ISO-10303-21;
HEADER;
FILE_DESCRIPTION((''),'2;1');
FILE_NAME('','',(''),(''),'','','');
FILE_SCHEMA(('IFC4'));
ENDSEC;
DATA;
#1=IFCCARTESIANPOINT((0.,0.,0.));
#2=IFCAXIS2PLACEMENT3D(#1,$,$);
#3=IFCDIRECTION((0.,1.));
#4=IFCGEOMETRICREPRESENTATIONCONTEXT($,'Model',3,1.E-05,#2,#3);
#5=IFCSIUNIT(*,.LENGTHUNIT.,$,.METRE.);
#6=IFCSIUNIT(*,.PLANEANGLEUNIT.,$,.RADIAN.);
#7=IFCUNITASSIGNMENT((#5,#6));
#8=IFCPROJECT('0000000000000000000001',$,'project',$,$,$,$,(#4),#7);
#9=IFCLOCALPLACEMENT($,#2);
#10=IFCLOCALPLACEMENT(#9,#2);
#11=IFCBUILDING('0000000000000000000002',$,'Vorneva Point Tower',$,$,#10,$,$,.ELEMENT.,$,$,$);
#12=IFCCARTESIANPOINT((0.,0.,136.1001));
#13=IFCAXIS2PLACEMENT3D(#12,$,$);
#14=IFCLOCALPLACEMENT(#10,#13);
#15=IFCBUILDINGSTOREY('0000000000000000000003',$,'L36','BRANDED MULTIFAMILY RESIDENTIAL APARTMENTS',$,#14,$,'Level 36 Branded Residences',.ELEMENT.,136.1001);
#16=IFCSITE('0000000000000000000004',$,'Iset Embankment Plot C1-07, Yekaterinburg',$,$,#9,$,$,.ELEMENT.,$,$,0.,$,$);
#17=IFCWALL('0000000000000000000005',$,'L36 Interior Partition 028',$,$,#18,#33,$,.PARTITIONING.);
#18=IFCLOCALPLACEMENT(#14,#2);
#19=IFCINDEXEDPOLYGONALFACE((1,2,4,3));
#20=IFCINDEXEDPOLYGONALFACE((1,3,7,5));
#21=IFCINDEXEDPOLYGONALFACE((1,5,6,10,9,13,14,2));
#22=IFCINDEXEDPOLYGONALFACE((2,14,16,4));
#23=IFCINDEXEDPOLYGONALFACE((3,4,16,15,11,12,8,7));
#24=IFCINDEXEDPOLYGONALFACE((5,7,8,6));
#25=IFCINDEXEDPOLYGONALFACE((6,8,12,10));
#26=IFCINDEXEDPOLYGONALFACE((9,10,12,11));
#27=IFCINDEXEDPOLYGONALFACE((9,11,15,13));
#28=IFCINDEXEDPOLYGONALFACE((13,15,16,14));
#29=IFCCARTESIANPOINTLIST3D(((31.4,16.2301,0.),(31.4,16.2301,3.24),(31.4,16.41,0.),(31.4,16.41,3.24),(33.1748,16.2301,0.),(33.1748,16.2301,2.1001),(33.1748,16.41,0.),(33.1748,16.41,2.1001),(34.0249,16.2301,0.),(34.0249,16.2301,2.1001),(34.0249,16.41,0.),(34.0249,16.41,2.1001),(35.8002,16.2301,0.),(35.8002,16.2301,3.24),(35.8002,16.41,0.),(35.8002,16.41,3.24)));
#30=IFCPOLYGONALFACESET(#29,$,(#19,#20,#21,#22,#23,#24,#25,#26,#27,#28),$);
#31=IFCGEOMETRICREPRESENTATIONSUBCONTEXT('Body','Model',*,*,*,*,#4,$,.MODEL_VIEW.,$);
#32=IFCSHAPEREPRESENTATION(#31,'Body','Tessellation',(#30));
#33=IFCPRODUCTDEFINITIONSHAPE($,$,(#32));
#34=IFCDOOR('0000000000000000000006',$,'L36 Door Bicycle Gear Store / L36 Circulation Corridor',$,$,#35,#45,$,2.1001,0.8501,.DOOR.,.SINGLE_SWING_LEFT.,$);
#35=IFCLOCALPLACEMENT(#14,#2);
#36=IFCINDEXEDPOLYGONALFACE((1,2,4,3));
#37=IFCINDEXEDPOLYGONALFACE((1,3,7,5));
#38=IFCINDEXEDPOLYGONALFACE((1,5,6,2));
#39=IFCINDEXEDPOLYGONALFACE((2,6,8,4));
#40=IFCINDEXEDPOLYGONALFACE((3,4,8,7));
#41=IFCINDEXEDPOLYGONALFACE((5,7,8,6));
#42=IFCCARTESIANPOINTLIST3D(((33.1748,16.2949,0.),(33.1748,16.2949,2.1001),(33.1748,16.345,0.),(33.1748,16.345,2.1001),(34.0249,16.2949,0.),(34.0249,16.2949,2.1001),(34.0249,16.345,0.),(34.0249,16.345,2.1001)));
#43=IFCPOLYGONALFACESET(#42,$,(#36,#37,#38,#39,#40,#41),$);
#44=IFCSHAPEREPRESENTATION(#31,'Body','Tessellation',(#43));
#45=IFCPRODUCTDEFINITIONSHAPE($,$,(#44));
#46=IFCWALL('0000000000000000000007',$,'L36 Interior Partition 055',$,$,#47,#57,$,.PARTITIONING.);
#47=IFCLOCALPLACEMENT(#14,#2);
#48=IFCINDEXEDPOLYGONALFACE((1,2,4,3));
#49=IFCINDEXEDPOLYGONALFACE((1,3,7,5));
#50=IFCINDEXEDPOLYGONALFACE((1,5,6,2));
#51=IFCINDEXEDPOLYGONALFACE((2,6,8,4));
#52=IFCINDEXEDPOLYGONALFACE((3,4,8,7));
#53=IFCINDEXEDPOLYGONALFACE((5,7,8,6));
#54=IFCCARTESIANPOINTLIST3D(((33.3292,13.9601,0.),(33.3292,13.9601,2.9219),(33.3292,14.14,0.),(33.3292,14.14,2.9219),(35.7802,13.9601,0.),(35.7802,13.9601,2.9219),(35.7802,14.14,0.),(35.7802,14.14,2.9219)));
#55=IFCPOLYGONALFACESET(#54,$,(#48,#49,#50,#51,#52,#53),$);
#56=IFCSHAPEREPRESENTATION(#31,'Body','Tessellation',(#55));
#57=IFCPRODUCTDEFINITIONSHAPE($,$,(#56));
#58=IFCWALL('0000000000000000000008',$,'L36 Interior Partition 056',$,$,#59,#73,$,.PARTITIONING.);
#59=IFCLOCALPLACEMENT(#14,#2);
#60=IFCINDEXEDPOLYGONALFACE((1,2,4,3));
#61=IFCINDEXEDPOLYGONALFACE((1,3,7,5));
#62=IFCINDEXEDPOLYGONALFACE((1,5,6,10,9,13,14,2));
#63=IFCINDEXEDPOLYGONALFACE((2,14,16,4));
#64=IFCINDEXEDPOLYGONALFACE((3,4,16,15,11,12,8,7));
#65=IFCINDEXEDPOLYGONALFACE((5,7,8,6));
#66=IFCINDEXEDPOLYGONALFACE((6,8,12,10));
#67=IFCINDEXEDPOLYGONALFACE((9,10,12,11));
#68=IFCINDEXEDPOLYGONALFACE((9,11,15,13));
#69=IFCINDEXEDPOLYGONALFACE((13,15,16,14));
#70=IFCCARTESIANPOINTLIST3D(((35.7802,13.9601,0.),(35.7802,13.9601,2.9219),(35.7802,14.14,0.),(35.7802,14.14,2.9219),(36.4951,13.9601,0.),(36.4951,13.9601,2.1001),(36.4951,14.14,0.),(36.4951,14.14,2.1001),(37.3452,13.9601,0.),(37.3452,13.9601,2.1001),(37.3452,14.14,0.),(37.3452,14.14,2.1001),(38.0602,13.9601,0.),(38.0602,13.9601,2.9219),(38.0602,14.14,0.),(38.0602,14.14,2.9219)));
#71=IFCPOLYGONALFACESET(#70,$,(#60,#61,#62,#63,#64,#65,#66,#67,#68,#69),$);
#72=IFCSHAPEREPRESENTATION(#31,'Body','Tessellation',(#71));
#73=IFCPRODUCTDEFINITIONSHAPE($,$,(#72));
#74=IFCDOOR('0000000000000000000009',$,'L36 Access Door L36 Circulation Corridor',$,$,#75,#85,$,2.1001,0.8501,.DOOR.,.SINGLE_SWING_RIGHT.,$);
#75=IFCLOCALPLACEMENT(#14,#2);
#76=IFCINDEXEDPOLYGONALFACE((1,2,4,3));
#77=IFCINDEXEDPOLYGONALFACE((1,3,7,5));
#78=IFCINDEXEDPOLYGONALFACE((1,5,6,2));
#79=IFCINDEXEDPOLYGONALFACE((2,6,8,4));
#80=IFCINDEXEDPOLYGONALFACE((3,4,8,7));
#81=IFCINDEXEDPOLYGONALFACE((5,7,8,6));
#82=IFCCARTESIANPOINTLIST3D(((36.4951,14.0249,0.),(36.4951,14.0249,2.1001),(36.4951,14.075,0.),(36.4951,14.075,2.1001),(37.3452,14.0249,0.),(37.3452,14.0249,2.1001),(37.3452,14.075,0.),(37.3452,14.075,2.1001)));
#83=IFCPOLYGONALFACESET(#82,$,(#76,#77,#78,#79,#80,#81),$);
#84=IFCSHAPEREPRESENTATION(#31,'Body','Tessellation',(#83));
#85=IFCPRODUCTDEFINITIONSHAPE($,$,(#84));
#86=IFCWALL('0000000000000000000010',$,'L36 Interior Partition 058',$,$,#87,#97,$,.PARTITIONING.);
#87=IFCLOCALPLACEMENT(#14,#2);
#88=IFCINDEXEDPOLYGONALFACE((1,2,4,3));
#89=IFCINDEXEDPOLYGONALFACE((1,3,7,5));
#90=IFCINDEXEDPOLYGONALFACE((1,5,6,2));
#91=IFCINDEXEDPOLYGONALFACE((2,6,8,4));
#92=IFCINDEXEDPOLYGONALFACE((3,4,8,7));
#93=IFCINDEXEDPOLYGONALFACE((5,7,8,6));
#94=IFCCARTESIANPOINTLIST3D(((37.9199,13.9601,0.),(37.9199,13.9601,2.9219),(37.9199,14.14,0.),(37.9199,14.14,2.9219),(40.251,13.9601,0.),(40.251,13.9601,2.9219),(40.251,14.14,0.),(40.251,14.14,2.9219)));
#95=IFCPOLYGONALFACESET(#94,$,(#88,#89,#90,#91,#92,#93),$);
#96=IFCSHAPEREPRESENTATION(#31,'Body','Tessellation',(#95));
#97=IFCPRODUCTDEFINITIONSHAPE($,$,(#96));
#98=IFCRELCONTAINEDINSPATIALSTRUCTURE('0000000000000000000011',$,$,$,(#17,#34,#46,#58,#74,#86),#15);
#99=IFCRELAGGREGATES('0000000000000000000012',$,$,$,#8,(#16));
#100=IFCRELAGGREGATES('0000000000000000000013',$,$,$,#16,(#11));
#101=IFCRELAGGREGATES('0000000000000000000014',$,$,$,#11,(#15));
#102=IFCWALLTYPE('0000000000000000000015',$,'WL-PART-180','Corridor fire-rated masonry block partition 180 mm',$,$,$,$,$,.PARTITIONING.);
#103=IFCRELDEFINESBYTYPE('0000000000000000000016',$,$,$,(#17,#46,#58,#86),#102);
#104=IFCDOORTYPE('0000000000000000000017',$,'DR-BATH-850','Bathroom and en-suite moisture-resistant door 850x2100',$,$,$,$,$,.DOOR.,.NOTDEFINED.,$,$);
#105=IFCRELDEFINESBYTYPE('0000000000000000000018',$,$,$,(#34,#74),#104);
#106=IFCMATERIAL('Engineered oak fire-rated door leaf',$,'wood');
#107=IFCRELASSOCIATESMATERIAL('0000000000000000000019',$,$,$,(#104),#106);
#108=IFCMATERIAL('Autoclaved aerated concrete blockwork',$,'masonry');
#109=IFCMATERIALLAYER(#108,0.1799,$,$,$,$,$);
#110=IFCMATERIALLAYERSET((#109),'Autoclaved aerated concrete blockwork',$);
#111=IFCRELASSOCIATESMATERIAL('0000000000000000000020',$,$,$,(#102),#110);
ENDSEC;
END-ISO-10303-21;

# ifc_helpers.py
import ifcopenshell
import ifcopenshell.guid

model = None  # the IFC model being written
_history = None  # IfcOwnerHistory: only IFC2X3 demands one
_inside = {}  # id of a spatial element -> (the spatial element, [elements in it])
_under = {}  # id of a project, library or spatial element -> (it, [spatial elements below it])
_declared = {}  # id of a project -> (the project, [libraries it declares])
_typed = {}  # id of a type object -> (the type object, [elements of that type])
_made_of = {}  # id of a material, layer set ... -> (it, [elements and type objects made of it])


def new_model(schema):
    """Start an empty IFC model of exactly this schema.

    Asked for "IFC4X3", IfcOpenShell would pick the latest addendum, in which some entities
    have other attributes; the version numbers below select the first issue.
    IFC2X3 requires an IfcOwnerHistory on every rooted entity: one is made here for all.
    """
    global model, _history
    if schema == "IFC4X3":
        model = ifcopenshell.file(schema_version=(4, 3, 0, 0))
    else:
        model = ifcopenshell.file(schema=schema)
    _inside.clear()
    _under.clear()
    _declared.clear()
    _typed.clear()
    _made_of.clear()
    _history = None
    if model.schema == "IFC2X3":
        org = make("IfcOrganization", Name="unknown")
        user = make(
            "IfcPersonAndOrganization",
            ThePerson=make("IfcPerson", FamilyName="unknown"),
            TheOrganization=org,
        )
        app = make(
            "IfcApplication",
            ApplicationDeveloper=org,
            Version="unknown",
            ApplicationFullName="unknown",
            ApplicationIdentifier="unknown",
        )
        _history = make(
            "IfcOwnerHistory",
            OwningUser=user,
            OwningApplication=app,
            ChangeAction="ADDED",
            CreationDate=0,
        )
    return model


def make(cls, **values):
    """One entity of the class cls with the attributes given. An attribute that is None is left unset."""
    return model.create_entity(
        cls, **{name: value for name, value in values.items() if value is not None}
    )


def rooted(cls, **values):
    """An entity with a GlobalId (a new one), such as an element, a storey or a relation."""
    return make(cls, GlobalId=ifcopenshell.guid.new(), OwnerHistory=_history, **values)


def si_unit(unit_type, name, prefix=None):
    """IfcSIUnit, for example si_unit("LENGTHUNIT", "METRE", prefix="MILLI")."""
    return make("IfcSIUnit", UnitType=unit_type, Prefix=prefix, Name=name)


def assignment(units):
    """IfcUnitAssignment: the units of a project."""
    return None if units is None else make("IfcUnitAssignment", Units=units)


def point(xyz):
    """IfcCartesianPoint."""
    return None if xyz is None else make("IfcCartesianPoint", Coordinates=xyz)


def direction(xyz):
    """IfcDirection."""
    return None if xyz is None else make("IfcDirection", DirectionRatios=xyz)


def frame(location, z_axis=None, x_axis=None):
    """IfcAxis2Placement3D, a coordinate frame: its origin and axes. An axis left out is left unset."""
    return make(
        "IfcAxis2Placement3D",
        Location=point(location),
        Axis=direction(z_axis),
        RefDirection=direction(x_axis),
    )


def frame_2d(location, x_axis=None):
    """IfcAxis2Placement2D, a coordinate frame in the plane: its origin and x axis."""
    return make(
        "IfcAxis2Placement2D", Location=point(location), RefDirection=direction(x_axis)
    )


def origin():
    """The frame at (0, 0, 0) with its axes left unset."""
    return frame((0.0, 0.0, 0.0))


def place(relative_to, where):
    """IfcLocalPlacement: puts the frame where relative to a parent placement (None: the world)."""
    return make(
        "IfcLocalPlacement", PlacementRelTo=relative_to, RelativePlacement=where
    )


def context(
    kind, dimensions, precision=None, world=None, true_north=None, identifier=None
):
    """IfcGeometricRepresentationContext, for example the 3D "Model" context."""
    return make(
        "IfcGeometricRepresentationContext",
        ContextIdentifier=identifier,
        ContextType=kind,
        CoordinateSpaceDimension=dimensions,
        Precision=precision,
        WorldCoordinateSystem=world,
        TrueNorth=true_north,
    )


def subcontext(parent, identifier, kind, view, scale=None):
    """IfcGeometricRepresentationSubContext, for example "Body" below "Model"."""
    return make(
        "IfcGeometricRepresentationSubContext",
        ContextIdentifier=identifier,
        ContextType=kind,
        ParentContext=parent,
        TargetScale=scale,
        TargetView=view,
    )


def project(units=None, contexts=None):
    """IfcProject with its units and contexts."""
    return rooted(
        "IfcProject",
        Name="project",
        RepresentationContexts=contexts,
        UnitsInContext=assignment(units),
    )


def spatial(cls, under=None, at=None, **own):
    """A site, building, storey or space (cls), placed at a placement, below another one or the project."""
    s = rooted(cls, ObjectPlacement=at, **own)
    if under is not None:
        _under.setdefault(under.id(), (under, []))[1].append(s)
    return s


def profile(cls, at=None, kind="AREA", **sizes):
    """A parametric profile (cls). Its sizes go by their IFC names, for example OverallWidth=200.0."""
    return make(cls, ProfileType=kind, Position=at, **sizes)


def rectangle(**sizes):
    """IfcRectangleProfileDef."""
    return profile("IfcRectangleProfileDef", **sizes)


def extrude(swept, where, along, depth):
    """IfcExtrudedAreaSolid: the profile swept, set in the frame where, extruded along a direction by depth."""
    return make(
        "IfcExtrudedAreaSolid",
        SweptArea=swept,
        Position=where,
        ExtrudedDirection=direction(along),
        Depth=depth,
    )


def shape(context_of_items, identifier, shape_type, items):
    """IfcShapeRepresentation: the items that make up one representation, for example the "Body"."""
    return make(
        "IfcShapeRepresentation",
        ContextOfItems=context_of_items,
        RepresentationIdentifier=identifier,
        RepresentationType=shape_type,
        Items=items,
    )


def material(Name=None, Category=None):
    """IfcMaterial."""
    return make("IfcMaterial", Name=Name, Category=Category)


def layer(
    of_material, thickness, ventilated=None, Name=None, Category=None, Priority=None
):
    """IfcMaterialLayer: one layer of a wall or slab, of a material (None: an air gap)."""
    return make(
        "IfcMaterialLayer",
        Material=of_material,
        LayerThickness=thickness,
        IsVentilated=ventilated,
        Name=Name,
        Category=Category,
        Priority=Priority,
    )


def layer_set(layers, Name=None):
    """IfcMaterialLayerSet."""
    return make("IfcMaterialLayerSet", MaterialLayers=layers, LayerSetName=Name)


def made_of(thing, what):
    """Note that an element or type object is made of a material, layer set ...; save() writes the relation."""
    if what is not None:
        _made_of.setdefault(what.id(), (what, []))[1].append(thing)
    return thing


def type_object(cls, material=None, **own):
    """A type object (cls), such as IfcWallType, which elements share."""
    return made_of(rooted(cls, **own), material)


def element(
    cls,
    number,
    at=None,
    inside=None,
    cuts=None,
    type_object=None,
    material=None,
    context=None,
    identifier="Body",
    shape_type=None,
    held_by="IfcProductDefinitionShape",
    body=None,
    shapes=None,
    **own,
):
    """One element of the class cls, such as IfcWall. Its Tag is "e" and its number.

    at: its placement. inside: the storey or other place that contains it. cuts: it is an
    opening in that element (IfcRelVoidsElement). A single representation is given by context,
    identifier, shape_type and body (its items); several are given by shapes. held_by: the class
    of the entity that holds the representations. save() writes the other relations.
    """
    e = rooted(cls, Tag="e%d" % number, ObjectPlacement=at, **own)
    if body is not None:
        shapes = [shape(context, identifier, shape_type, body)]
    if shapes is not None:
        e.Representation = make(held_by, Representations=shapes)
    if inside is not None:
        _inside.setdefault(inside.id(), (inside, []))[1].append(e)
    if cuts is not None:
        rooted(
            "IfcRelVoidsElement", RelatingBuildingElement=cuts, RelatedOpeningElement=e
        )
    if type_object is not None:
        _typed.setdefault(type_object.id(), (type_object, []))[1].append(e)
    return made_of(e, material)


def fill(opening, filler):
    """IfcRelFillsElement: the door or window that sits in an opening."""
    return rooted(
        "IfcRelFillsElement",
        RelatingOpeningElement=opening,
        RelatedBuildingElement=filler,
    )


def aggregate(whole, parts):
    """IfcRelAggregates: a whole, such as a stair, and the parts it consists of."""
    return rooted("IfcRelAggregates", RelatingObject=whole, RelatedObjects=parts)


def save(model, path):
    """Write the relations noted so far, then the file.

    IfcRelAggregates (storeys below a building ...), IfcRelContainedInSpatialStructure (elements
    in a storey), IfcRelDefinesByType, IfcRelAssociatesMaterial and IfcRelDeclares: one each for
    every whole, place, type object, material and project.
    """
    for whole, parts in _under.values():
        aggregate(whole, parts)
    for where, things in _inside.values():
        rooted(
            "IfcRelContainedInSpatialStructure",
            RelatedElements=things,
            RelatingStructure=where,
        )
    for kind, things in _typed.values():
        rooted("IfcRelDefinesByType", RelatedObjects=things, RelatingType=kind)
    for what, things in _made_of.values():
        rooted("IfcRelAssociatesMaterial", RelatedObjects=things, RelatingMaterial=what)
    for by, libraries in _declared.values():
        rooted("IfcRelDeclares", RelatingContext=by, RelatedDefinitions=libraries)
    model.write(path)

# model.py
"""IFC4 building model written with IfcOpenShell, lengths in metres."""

from ifc_helpers import new_model, si_unit, direction, frame, frame_2d, origin, place, context, subcontext, project, spatial, rectangle, extrude, material, layer, layer_set, type_object, element, fill, save


model = new_model("IFC4")

# Units and contexts
model_context = context("Model", 3, precision=1e-05, world=origin(), true_north=direction((0.0, 1.0)))
body_context = subcontext(model_context, "Body", "Model", "MODEL_VIEW")
ifc_project = project(units=[si_unit("LENGTHUNIT", "METRE"), si_unit("PLANEANGLEUNIT", "RADIAN")], contexts=[model_context])

# Site, building, storey
site_placement = place(None, origin())
site = spatial("IfcSite", under=ifc_project, at=site_placement, Name="Iset Embankment Plot C1-07, Yekaterinburg", CompositionType="ELEMENT", RefElevation=0.0)
building_placement = place(site_placement, origin())
building = spatial("IfcBuilding", under=site, at=building_placement, Name="Vorneva Point Tower", CompositionType="ELEMENT")
storey_placement = place(building_placement, frame((0.0, 0.0, 136.1001)))
storey = spatial("IfcBuildingStorey", under=building, at=storey_placement, Name="L36", Description="BRANDED MULTIFAMILY RESIDENTIAL APARTMENTS", LongName="Level 36 Branded Residences", CompositionType="ELEMENT", Elevation=136.1001)

# Shared definitions
ifc_material_1 = material(Name="Engineered oak fire-rated door leaf", Category="wood")
door_type_1 = type_object("IfcDoorType", Name="DR-BATH-850", Description="Bathroom and en-suite moisture-resistant door 850x2100", OperationType="NOTDEFINED", PredefinedType="DOOR", material=ifc_material_1)

# Shared definitions
ifc_material_2 = material(Name="Autoclaved aerated concrete blockwork", Category="masonry")
ifc_layer_1 = layer(ifc_material_2, 0.1799)
ifc_layer_set_1 = layer_set([ifc_layer_1], Name="Autoclaved aerated concrete blockwork")
wall_type_1 = type_object("IfcWallType", Name="WL-PART-180", Description="Corridor fire-rated masonry block partition 180 mm", PredefinedType="PARTITIONING", material=ifc_layer_set_1)

# Wall, opening, door
wall_1_placement = place(storey_placement, frame((31.3999, 16.3201, 0.0), z_axis=(0.0, 0.0, 1.0), x_axis=(1.0, 0.0, 0.0)))
wall_1 = element("IfcWall", 1, at=wall_1_placement, inside=storey, type_object=wall_type_1, Name="L36 Interior Partition 028", PredefinedType="PARTITIONING", context=body_context, shape_type="SweptSolid", body=[
    extrude(rectangle(XDim=4.4001, YDim=0.1799, at=frame_2d((2.2002, 0.0))), origin(), (0.0, 0.0, 1.0), 3.24),
])
opening_1_placement = place(wall_1_placement, frame((1.7749, 0.0, 0.0)))
opening_1 = element("IfcOpeningElement", 2, at=opening_1_placement, cuts=wall_1, PredefinedType="OPENING", context=body_context, shape_type="SweptSolid", body=[
    extrude(rectangle(XDim=0.8501, YDim=2.1001, at=frame_2d((0.425, 1.05))), frame((0.0, 0.105, 0.0), z_axis=(0.0, -1.0, 0.0), x_axis=(1.0, 0.0, 0.0)), (0.0, 0.0, 1.0), 0.2097),
])
door_1_placement = place(opening_1_placement, origin())
door_1 = element("IfcDoor", 3, at=door_1_placement, inside=storey, type_object=door_type_1, Name="L36 Door Bicycle Gear Store / L36 Circulation Corridor", OperationType="SINGLE_SWING_LEFT", OverallHeight=2.1001, OverallWidth=0.8501, PredefinedType="DOOR", context=body_context, shape_type="SweptSolid", body=[
    extrude(rectangle(XDim=0.8501, YDim=2.1001, at=frame_2d((0.425, 1.05))), frame((0.0, 0.0249, 0.0), z_axis=(0.0, -1.0, 0.0), x_axis=(1.0, 0.0, 0.0)), (0.0, 0.0, 1.0), 0.05),
])
fill(opening_1, door_1)

# Wall
wall_2_placement = place(storey_placement, frame((33.3291, 14.05, 0.0), z_axis=(0.0, 0.0, 1.0), x_axis=(1.0, 0.0, 0.0)))
element("IfcWall", 4, at=wall_2_placement, inside=storey, type_object=wall_type_1, Name="L36 Interior Partition 055", PredefinedType="PARTITIONING", context=body_context, shape_type="SweptSolid", body=[
    extrude(rectangle(XDim=2.4509, YDim=0.1799, at=frame_2d((1.2256, 0.0))), origin(), (0.0, 0.0, 1.0), 2.9219),
])

# Wall, opening, door
wall_3_placement = place(storey_placement, frame((35.78, 14.05, 0.0), z_axis=(0.0, 0.0, 1.0), x_axis=(1.0, 0.0, 0.0)))
wall_3 = element("IfcWall", 5, at=wall_3_placement, inside=storey, type_object=wall_type_1, Name="L36 Interior Partition 056", PredefinedType="PARTITIONING", context=body_context, shape_type="SweptSolid", body=[
    extrude(rectangle(XDim=2.28, YDim=0.1799, at=frame_2d((1.1401, 0.0))), origin(), (0.0, 0.0, 1.0), 2.9219),
])
opening_2_placement = place(wall_3_placement, frame((0.7151, 0.0, 0.0)))
opening_2 = element("IfcOpeningElement", 6, at=opening_2_placement, cuts=wall_3, PredefinedType="OPENING", context=body_context, shape_type="SweptSolid", body=[
    extrude(rectangle(XDim=0.8501, YDim=2.1001, at=frame_2d((0.425, 1.05))), frame((0.0, 0.105, 0.0), z_axis=(0.0, -1.0, 0.0), x_axis=(1.0, 0.0, 0.0)), (0.0, 0.0, 1.0), 0.2097),
])
door_2_placement = place(opening_2_placement, origin())
door_2 = element("IfcDoor", 7, at=door_2_placement, inside=storey, type_object=door_type_1, Name="L36 Access Door L36 Circulation Corridor", OperationType="SINGLE_SWING_RIGHT", OverallHeight=2.1001, OverallWidth=0.8501, PredefinedType="DOOR", context=body_context, shape_type="SweptSolid", body=[
    extrude(rectangle(XDim=0.8501, YDim=2.1001, at=frame_2d((0.425, 1.05))), frame((0.0, 0.0249, 0.0), z_axis=(0.0, -1.0, 0.0), x_axis=(1.0, 0.0, 0.0)), (0.0, 0.0, 1.0), 0.05),
])
fill(opening_2, door_2)

# Wall
wall_4_placement = place(storey_placement, frame((37.9199, 14.05, 0.0), z_axis=(0.0, 0.0, 1.0), x_axis=(1.0, 0.0, 0.0)))
element("IfcWall", 8, at=wall_4_placement, inside=storey, type_object=wall_type_1, Name="L36 Interior Partition 058", PredefinedType="PARTITIONING", context=body_context, shape_type="SweptSolid", body=[
    extrude(rectangle(XDim=2.3311, YDim=0.1799, at=frame_2d((1.1655, 0.0))), origin(), (0.0, 0.0, 1.0), 2.9219),
])

save(model, "model.ifc")
